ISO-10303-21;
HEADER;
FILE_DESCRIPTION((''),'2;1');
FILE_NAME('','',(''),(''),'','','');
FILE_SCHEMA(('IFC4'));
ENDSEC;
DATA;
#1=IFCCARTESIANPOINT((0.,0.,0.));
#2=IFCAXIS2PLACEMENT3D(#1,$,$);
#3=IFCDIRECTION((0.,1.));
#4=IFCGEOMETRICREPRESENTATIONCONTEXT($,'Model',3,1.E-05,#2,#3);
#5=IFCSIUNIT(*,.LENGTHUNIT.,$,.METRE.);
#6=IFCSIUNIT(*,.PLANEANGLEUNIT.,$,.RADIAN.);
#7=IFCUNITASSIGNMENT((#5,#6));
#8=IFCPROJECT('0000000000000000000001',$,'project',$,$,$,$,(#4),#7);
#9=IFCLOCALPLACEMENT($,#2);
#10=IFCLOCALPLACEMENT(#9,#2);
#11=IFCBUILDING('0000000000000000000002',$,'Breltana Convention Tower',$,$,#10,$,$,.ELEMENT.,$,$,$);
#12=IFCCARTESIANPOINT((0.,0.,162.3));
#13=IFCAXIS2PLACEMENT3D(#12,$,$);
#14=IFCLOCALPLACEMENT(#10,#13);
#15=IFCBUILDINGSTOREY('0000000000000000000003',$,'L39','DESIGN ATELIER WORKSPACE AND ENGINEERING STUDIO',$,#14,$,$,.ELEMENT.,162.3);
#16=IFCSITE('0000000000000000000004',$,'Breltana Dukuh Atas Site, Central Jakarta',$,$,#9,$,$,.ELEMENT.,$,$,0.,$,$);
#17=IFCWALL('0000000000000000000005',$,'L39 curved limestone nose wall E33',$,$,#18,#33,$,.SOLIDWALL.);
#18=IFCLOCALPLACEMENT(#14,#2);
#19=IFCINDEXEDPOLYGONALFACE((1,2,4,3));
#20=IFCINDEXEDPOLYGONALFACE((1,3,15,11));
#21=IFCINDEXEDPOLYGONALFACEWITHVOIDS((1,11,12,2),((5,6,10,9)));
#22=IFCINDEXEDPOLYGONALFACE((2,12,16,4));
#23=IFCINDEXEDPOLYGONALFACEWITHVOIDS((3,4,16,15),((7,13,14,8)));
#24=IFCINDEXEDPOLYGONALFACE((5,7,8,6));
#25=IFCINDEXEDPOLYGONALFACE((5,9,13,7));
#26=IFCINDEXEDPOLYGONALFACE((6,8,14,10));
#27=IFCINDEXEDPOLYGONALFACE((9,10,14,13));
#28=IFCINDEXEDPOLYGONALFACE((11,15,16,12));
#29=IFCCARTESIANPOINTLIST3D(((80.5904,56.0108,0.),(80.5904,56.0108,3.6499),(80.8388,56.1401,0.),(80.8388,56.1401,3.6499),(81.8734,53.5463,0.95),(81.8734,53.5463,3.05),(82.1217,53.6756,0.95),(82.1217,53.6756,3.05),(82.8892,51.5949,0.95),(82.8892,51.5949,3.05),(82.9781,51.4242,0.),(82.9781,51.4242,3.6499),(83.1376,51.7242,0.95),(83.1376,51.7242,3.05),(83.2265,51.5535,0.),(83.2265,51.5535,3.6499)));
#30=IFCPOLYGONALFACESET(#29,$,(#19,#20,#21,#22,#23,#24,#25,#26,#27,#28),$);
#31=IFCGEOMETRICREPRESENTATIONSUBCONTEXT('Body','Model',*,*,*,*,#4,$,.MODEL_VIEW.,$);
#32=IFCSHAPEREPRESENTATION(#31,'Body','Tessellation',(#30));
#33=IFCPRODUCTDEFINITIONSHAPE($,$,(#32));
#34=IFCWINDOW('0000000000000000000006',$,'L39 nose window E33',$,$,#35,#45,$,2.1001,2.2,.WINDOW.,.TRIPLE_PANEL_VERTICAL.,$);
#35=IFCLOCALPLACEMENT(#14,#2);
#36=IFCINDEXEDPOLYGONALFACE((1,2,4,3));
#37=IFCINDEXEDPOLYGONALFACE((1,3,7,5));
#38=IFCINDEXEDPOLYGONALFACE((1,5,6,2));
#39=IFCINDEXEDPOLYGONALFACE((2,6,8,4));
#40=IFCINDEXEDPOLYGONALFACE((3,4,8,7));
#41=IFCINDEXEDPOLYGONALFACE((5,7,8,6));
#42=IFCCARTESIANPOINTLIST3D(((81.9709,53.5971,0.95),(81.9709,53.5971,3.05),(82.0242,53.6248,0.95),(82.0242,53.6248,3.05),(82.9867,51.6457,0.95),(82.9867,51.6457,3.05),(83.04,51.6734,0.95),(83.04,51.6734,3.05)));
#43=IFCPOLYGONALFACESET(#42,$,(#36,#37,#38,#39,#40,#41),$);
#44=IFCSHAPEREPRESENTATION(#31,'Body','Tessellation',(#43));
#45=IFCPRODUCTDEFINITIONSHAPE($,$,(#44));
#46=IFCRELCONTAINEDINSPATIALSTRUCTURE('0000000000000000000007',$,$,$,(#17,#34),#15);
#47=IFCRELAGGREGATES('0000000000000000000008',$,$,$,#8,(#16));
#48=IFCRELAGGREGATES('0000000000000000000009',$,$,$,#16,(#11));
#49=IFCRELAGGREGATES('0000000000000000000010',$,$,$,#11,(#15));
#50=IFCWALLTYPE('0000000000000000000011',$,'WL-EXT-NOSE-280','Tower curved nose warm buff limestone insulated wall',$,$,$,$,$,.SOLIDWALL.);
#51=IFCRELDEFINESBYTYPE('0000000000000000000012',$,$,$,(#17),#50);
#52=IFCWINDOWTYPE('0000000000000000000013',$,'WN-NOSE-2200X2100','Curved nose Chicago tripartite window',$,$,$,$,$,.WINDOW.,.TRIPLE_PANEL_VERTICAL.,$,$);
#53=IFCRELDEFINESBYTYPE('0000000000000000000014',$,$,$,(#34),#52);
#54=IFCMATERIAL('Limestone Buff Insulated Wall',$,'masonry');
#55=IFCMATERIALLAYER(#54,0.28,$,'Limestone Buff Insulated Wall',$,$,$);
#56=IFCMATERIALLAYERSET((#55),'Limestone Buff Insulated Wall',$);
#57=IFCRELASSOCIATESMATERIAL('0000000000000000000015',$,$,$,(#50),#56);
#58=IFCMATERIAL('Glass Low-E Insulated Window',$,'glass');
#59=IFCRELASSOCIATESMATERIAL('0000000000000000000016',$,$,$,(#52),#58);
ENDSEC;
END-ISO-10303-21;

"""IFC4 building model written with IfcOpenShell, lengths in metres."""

from ifc_helpers import new_model, si_unit, direction, frame, frame_2d, origin, place, context, subcontext, project, spatial, rectangle, extrude, source, transform, mapped, material, layer, layer_set, type_object, type_shapes, element, fill, save


model = new_model("IFC4")

# Units and contexts
model_context = context("Model", 3, precision=1e-05, world=origin(), true_north=direction((0.0, 1.0)))
body_context = subcontext(model_context, "Body", "Model", "MODEL_VIEW")
ifc_project = project(units=[si_unit("LENGTHUNIT", "METRE"), si_unit("PLANEANGLEUNIT", "RADIAN")], contexts=[model_context])

# Site, building, storey
site_placement = place(None, origin())
site = spatial("IfcSite", under=ifc_project, at=site_placement, Name="Breltana Dukuh Atas Site, Central Jakarta", CompositionType="ELEMENT", RefElevation=0.0)
building_placement = place(site_placement, origin())
building = spatial("IfcBuilding", under=site, at=building_placement, Name="Breltana Convention Tower", CompositionType="ELEMENT")
storey_placement = place(building_placement, frame((0.0, 0.0, 162.3)))
storey = spatial("IfcBuildingStorey", under=building, at=storey_placement, Name="L39", Description="DESIGN ATELIER WORKSPACE AND ENGINEERING STUDIO", CompositionType="ELEMENT", Elevation=162.3)

# Wall, opening, window
ifc_material_1 = material(Name="Limestone Buff Insulated Wall", Category="masonry")
ifc_layer_1 = layer(ifc_material_1, 0.28, Name="Limestone Buff Insulated Wall")
ifc_layer_set_1 = layer_set([ifc_layer_1], Name="Limestone Buff Insulated Wall")
wall_type = type_object("IfcWallType", Name="WL-EXT-NOSE-280", Description="Tower curved nose warm buff limestone insulated wall", PredefinedType="SOLIDWALL", material=ifc_layer_set_1)
ifc_material_2 = material(Name="Glass Low-E Insulated Window", Category="glass")
window_type = type_object("IfcWindowType", Name="WN-NOSE-2200X2100", Description="Curved nose Chicago tripartite window", PartitioningType="TRIPLE_PANEL_VERTICAL", PredefinedType="WINDOW", material=ifc_material_2)
shared_shape_1 = source(origin(), body_context, "Body", "SweptSolid", [
    extrude(rectangle(XDim=2.2, YDim=2.1001, at=frame_2d((1.1001, 1.05))), frame((0.0, 0.03, 0.0), z_axis=(0.0, -1.0, 0.0), x_axis=(1.0, 0.0, 0.0)), (0.0, 0.0, 1.0), 0.0601),
])
type_shapes(window_type, [shared_shape_1])
shared_shape_2 = source(origin(), body_context, "Body", "SweptSolid", [
    extrude(rectangle(XDim=5.1709, YDim=0.28, at=frame_2d((2.5854, 0.0))), origin(), (0.0, 0.0, 1.0), 3.6499),
])
wall_1_placement = place(storey_placement, frame((80.7146, 56.0754, 0.0), z_axis=(0.0, 0.0, 1.0), x_axis=(0.461753, -0.887009, 0.0)))
wall_1 = element("IfcWall", 1, at=wall_1_placement, inside=storey, type_object=wall_type, Name="L39 curved limestone nose wall E33", PredefinedType="SOLIDWALL", context=body_context, shape_type="MappedRepresentation", body=[
    mapped(shared_shape_2, transform((0.0, 0.0, 0.0), scale=1.0)),
])
opening_1_placement = place(wall_1_placement, frame((2.7783, 0.0, 0.95)))
opening_1 = element("IfcOpeningElement", 2, at=opening_1_placement, cuts=wall_1, PredefinedType="OPENING", context=body_context, shape_type="SweptSolid", body=[
    extrude(rectangle(XDim=2.2, YDim=2.1001, at=frame_2d((1.1001, 1.05))), frame((0.0, 0.1499, 0.0), z_axis=(0.0, -1.0, 0.0), x_axis=(1.0, 0.0, 0.0)), (0.0, 0.0, 1.0), 0.3),
])
window_1_placement = place(opening_1_placement, origin())
window_1 = element("IfcWindow", 3, at=window_1_placement, inside=storey, type_object=window_type, Name="L39 nose window E33", OverallHeight=2.1001, OverallWidth=2.2, PartitioningType="TRIPLE_PANEL_VERTICAL", PredefinedType="WINDOW", context=body_context, shape_type="MappedRepresentation", body=[
    mapped(shared_shape_1, transform((0.0, 0.0, 0.0), scale=1.0)),
])
fill(opening_1, window_1)

save(model, "model.ifc")
